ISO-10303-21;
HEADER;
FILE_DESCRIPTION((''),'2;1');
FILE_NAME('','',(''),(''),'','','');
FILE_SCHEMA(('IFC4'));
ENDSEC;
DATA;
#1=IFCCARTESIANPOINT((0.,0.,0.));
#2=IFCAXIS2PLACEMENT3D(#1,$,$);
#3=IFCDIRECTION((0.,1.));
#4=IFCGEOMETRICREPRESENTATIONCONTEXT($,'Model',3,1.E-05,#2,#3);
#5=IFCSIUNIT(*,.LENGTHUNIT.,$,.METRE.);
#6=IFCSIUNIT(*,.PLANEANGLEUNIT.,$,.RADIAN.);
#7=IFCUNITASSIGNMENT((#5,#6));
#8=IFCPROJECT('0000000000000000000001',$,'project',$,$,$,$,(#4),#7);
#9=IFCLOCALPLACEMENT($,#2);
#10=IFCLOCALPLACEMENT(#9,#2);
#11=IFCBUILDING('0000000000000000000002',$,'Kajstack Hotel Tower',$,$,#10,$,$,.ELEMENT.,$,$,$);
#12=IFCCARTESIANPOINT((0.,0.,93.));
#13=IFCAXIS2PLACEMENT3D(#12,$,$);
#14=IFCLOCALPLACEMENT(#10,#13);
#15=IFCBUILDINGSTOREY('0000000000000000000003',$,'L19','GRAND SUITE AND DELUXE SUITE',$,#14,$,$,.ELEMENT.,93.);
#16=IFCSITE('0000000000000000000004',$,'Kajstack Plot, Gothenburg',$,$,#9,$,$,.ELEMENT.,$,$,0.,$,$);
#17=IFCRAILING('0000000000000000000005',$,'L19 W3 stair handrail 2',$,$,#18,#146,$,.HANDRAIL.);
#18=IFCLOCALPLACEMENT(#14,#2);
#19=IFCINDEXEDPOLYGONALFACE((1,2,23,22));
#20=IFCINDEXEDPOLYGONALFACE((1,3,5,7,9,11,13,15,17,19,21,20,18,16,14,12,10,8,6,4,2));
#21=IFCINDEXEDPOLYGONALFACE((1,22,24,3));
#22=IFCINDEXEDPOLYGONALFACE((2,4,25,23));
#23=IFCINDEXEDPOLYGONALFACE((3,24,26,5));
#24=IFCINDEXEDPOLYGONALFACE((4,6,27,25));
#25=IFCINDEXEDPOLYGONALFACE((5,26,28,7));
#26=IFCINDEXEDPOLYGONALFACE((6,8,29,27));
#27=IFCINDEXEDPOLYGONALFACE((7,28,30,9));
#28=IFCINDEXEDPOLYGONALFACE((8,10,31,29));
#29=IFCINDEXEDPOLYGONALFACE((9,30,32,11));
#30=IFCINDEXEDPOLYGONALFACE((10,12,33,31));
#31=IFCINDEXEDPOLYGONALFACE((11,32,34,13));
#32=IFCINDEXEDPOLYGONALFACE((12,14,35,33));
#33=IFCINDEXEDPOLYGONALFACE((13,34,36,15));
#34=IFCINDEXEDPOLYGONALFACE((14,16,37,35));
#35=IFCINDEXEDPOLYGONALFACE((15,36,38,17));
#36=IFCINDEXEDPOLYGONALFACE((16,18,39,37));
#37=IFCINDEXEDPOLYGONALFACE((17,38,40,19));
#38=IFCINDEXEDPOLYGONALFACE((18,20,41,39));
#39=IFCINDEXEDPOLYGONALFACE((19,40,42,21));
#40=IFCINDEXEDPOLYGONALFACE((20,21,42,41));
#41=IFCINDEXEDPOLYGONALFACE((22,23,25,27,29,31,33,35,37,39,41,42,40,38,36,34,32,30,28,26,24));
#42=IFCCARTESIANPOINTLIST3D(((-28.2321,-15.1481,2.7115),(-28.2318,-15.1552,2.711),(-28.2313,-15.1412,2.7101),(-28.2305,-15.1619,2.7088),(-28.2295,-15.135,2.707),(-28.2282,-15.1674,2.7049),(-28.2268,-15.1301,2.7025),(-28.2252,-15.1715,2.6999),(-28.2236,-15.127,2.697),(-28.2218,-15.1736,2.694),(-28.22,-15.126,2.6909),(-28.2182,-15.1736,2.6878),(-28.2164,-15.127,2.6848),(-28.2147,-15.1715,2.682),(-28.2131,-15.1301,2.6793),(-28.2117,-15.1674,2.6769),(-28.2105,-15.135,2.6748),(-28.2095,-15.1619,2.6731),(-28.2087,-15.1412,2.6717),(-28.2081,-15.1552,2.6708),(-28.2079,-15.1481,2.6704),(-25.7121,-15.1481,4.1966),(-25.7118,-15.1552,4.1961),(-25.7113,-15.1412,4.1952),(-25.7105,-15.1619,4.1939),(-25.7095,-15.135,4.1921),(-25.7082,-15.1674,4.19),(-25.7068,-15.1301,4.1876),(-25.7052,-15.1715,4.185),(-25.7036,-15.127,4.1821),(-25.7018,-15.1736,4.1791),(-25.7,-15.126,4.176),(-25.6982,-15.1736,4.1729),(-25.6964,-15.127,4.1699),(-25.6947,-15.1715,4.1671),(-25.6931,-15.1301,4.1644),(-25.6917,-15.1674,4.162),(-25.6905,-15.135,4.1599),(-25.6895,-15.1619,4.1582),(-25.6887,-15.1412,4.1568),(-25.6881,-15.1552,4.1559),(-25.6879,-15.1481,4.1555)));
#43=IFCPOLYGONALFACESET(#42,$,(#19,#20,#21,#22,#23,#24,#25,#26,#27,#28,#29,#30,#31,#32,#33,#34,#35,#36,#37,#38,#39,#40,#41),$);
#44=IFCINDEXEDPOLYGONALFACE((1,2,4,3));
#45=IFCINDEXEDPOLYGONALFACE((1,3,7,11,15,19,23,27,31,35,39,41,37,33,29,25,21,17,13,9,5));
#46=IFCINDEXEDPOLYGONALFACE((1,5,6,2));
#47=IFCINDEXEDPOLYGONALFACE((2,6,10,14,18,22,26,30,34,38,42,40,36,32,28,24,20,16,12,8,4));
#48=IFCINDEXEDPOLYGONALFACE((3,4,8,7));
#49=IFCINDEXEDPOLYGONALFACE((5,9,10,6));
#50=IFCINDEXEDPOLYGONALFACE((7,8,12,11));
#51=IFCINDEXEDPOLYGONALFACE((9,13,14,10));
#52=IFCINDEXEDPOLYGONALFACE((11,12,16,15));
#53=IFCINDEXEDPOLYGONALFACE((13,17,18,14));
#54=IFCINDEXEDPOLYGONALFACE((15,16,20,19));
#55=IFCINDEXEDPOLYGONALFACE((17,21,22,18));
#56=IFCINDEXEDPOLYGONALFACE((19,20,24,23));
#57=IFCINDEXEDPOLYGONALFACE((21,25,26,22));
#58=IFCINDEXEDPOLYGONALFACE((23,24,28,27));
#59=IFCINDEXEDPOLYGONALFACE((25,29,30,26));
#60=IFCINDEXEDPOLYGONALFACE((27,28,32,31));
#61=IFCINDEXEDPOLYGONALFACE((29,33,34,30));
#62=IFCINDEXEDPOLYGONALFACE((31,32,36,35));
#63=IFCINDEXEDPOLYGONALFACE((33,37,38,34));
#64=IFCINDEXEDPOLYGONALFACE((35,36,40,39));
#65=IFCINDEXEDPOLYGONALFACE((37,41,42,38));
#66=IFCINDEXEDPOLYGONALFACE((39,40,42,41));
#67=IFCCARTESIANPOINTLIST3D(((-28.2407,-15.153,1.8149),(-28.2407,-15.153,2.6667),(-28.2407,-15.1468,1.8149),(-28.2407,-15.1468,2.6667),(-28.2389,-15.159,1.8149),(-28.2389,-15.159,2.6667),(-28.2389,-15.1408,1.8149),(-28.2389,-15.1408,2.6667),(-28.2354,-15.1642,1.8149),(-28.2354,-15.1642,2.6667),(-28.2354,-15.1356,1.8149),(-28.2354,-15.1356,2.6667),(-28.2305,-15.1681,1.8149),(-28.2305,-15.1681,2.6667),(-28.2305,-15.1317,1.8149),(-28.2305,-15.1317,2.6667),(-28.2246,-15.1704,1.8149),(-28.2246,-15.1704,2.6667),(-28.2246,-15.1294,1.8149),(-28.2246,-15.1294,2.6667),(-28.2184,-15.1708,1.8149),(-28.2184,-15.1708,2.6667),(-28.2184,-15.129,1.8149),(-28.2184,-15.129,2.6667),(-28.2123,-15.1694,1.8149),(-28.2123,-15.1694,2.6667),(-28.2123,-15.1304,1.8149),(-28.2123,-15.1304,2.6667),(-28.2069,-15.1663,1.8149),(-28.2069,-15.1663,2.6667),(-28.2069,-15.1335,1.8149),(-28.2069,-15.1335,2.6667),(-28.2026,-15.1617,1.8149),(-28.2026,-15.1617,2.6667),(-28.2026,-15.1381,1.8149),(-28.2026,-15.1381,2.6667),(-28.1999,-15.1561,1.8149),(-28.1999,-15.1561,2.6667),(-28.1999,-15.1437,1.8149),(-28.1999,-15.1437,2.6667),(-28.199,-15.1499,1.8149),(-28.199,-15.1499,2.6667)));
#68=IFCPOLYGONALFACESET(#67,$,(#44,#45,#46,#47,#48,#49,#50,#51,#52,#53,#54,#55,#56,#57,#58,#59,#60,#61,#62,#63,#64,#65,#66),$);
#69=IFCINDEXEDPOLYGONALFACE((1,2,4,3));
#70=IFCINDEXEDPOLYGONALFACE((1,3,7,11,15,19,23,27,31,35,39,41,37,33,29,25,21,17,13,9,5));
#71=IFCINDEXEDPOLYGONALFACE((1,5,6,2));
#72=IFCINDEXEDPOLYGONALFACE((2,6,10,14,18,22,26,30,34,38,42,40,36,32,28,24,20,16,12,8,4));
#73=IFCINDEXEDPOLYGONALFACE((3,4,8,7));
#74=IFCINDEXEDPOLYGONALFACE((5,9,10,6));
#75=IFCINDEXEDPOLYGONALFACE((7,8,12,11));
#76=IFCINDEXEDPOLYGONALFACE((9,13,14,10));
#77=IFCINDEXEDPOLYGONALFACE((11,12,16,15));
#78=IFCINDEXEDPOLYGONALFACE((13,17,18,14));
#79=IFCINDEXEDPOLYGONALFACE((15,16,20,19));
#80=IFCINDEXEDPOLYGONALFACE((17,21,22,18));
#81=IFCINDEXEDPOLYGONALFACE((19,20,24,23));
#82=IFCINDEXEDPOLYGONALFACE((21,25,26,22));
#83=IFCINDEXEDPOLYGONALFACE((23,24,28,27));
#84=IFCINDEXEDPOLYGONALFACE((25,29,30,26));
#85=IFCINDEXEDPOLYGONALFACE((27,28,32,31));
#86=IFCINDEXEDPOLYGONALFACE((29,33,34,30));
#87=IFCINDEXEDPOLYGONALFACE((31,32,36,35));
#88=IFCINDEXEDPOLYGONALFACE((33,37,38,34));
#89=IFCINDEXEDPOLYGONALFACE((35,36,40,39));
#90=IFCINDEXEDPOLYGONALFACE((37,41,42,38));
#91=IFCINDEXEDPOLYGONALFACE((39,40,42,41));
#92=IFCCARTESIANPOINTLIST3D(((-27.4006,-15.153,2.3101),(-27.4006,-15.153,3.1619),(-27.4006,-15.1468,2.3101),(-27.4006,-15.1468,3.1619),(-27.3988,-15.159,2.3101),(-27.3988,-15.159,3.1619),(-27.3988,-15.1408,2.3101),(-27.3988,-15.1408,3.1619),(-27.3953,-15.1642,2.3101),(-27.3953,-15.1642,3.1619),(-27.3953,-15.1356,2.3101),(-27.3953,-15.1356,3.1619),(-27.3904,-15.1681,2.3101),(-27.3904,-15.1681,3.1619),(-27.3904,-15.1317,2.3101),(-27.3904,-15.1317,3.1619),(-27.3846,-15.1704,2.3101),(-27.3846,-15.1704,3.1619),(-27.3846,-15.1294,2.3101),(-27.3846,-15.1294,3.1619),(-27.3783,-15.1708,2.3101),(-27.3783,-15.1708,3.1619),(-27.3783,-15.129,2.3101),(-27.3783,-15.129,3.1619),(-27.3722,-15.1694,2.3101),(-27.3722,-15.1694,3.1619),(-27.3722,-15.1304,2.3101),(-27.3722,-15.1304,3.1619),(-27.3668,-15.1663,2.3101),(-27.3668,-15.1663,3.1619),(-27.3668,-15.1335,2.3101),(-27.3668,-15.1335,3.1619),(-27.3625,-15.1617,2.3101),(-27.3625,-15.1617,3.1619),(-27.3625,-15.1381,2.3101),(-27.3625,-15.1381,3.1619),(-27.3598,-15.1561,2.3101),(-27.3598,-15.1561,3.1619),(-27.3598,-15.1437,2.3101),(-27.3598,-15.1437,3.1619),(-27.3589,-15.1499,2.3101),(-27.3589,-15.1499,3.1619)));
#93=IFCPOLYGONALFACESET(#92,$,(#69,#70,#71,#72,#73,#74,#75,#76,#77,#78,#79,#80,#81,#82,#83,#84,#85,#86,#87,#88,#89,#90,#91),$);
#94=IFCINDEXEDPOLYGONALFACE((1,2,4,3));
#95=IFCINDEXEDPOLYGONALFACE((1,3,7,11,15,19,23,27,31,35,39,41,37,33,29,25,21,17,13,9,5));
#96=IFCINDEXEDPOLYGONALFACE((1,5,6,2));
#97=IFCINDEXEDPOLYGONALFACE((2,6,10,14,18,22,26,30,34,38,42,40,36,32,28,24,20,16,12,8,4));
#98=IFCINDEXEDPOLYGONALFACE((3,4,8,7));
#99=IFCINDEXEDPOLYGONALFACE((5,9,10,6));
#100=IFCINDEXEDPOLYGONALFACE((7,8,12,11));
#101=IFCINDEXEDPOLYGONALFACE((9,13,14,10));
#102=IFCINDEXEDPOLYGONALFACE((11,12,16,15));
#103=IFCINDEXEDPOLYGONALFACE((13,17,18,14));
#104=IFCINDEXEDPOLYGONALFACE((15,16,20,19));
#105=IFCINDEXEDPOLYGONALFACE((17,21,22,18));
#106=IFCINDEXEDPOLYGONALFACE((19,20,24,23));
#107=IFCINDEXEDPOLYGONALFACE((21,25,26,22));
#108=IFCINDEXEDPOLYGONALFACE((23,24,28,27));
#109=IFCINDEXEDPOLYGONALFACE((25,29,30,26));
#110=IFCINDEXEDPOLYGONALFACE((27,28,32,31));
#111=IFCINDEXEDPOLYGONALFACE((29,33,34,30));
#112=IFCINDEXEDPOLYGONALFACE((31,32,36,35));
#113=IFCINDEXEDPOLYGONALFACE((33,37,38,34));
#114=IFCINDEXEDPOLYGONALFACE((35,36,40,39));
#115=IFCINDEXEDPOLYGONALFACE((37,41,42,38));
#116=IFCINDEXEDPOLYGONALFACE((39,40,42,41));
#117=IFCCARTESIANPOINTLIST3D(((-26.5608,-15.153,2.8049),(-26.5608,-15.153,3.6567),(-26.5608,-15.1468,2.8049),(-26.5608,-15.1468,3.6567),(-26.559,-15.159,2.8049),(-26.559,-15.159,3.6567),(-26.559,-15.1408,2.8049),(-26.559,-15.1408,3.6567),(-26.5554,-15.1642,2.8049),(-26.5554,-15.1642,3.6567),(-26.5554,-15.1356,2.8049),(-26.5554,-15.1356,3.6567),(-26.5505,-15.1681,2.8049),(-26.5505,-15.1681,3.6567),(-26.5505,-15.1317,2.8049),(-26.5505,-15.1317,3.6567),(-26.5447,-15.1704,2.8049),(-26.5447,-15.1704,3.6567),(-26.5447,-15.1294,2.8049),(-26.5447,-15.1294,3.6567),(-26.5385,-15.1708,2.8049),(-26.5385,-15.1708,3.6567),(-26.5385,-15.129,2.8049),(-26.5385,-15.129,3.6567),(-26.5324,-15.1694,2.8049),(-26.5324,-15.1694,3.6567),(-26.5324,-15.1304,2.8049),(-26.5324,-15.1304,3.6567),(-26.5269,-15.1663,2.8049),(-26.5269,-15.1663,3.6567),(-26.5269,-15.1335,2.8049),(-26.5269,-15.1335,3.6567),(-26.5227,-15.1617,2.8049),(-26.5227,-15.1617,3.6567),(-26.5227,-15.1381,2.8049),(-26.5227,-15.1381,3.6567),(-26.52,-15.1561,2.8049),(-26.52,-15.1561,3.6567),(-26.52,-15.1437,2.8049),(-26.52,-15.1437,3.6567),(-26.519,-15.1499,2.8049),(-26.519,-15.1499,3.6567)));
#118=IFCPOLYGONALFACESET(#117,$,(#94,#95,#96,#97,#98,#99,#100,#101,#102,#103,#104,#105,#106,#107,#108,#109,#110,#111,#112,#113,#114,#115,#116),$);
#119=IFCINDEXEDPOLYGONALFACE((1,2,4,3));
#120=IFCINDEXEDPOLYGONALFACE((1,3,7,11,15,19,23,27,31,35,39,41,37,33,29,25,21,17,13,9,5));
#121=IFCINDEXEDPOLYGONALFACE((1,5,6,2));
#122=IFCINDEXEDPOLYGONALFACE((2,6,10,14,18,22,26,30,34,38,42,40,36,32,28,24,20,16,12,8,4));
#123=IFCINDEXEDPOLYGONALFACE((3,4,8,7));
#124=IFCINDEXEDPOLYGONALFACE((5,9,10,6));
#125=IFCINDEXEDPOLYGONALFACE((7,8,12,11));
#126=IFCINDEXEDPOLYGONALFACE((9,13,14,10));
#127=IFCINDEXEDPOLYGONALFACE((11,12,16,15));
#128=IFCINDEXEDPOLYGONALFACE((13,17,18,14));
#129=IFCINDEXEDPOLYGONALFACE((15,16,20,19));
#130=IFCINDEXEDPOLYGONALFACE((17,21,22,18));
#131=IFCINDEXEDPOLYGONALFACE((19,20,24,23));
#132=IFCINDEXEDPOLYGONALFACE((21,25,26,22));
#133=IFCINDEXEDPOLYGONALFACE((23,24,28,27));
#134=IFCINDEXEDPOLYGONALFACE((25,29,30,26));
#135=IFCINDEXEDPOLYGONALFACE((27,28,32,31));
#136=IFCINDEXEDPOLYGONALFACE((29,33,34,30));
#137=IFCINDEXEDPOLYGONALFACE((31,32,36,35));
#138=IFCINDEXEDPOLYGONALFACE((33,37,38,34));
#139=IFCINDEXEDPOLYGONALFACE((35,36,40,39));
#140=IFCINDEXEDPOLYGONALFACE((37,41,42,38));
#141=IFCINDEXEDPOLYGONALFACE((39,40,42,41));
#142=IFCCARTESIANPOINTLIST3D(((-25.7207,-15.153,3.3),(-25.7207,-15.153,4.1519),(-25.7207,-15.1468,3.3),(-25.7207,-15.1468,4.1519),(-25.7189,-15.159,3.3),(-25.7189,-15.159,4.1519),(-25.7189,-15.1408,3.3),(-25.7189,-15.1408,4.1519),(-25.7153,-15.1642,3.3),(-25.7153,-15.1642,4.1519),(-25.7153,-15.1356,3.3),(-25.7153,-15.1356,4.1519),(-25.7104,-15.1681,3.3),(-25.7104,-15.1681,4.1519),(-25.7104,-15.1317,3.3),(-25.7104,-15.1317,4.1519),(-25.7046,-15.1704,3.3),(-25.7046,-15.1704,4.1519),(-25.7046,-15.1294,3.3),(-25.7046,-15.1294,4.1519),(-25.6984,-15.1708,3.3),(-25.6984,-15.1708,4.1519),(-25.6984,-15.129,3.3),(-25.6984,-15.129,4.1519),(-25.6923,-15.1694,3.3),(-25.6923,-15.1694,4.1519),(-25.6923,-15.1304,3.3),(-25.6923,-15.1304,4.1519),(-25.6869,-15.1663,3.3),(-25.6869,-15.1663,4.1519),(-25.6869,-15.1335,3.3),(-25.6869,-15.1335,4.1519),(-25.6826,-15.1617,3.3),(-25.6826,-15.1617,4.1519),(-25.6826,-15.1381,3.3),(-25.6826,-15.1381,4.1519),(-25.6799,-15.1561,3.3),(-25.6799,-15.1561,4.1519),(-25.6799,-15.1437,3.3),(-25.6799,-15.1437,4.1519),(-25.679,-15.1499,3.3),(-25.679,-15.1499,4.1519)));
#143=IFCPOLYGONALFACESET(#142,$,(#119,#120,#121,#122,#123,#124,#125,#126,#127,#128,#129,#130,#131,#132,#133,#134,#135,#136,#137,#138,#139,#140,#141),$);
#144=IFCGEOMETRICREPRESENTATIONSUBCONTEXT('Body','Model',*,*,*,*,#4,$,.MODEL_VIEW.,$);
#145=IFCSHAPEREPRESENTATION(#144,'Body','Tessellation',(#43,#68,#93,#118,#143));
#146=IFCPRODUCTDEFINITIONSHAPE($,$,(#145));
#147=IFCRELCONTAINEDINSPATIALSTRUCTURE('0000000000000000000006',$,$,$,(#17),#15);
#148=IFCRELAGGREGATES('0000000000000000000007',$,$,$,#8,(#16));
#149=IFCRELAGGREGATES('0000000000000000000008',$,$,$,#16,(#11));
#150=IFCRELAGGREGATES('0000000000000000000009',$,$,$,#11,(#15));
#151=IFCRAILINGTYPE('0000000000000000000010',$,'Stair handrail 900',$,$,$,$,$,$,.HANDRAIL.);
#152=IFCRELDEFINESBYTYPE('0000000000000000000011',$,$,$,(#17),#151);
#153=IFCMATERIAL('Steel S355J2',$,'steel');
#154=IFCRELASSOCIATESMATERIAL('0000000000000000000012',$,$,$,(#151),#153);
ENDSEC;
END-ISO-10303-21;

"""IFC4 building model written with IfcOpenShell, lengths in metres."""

from ifc_helpers import new_model, si_unit, direction, frame, origin, origin_2d, place, context, subcontext, project, spatial, circle, extrude, material, type_object, element, save


model = new_model("IFC4")

# Units and contexts
model_context = context("Model", 3, precision=1e-05, world=origin(), true_north=direction((0.0, 1.0)))
body_context = subcontext(model_context, "Body", "Model", "MODEL_VIEW")
ifc_project = project(units=[si_unit("LENGTHUNIT", "METRE"), si_unit("PLANEANGLEUNIT", "RADIAN")], contexts=[model_context])

# Site, building, storey
site_placement = place(None, origin())
site = spatial("IfcSite", under=ifc_project, at=site_placement, Name="Kajstack Plot, Gothenburg", CompositionType="ELEMENT", RefElevation=0.0)
building_placement = place(site_placement, origin())
building = spatial("IfcBuilding", under=site, at=building_placement, Name="Kajstack Hotel Tower", CompositionType="ELEMENT")
storey_placement = place(building_placement, frame((0.0, 0.0, 93.0)))
storey = spatial("IfcBuildingStorey", under=building, at=storey_placement, Name="L19", Description="GRAND SUITE AND DELUXE SUITE", CompositionType="ELEMENT", Elevation=93.0)

# Railing
ifc_material_1 = material(Name="Steel S355J2", Category="steel")
railing_type = type_object("IfcRailingType", Name="Stair handrail 900", PredefinedType="HANDRAIL", material=ifc_material_1)
railing_1_placement = place(storey_placement, frame((-28.22, -15.1499, 1.8149)))
element("IfcRailing", 1, at=railing_1_placement, inside=storey, type_object=railing_type, Name="L19 W3 stair handrail 2", PredefinedType="HANDRAIL", context=body_context, shape_type="SweptSolid", body=[
    extrude(circle(Radius=0.0239, at=origin_2d()), frame((0.0, 0.0, 0.876), z_axis=(0.861524, 0.0, 0.507717), x_axis=(0.0, 1.0, 0.0)), (0.0, 0.0, 1.0), 2.925),
    extrude(circle(Radius=0.021, at=origin_2d()), origin(), (0.0, 0.0, 1.0), 0.8518),
    extrude(circle(Radius=0.021, at=origin_2d()), frame((0.8401, 0.0, 0.4951)), (0.0, 0.0, 1.0), 0.8518),
    extrude(circle(Radius=0.021, at=origin_2d()), frame((1.6799, 0.0, 0.99)), (0.0, 0.0, 1.0), 0.8518),
    extrude(circle(Radius=0.021, at=origin_2d()), frame((2.52, 0.0, 1.4851)), (0.0, 0.0, 1.0), 0.8518),
])

save(model, "model.ifc")
